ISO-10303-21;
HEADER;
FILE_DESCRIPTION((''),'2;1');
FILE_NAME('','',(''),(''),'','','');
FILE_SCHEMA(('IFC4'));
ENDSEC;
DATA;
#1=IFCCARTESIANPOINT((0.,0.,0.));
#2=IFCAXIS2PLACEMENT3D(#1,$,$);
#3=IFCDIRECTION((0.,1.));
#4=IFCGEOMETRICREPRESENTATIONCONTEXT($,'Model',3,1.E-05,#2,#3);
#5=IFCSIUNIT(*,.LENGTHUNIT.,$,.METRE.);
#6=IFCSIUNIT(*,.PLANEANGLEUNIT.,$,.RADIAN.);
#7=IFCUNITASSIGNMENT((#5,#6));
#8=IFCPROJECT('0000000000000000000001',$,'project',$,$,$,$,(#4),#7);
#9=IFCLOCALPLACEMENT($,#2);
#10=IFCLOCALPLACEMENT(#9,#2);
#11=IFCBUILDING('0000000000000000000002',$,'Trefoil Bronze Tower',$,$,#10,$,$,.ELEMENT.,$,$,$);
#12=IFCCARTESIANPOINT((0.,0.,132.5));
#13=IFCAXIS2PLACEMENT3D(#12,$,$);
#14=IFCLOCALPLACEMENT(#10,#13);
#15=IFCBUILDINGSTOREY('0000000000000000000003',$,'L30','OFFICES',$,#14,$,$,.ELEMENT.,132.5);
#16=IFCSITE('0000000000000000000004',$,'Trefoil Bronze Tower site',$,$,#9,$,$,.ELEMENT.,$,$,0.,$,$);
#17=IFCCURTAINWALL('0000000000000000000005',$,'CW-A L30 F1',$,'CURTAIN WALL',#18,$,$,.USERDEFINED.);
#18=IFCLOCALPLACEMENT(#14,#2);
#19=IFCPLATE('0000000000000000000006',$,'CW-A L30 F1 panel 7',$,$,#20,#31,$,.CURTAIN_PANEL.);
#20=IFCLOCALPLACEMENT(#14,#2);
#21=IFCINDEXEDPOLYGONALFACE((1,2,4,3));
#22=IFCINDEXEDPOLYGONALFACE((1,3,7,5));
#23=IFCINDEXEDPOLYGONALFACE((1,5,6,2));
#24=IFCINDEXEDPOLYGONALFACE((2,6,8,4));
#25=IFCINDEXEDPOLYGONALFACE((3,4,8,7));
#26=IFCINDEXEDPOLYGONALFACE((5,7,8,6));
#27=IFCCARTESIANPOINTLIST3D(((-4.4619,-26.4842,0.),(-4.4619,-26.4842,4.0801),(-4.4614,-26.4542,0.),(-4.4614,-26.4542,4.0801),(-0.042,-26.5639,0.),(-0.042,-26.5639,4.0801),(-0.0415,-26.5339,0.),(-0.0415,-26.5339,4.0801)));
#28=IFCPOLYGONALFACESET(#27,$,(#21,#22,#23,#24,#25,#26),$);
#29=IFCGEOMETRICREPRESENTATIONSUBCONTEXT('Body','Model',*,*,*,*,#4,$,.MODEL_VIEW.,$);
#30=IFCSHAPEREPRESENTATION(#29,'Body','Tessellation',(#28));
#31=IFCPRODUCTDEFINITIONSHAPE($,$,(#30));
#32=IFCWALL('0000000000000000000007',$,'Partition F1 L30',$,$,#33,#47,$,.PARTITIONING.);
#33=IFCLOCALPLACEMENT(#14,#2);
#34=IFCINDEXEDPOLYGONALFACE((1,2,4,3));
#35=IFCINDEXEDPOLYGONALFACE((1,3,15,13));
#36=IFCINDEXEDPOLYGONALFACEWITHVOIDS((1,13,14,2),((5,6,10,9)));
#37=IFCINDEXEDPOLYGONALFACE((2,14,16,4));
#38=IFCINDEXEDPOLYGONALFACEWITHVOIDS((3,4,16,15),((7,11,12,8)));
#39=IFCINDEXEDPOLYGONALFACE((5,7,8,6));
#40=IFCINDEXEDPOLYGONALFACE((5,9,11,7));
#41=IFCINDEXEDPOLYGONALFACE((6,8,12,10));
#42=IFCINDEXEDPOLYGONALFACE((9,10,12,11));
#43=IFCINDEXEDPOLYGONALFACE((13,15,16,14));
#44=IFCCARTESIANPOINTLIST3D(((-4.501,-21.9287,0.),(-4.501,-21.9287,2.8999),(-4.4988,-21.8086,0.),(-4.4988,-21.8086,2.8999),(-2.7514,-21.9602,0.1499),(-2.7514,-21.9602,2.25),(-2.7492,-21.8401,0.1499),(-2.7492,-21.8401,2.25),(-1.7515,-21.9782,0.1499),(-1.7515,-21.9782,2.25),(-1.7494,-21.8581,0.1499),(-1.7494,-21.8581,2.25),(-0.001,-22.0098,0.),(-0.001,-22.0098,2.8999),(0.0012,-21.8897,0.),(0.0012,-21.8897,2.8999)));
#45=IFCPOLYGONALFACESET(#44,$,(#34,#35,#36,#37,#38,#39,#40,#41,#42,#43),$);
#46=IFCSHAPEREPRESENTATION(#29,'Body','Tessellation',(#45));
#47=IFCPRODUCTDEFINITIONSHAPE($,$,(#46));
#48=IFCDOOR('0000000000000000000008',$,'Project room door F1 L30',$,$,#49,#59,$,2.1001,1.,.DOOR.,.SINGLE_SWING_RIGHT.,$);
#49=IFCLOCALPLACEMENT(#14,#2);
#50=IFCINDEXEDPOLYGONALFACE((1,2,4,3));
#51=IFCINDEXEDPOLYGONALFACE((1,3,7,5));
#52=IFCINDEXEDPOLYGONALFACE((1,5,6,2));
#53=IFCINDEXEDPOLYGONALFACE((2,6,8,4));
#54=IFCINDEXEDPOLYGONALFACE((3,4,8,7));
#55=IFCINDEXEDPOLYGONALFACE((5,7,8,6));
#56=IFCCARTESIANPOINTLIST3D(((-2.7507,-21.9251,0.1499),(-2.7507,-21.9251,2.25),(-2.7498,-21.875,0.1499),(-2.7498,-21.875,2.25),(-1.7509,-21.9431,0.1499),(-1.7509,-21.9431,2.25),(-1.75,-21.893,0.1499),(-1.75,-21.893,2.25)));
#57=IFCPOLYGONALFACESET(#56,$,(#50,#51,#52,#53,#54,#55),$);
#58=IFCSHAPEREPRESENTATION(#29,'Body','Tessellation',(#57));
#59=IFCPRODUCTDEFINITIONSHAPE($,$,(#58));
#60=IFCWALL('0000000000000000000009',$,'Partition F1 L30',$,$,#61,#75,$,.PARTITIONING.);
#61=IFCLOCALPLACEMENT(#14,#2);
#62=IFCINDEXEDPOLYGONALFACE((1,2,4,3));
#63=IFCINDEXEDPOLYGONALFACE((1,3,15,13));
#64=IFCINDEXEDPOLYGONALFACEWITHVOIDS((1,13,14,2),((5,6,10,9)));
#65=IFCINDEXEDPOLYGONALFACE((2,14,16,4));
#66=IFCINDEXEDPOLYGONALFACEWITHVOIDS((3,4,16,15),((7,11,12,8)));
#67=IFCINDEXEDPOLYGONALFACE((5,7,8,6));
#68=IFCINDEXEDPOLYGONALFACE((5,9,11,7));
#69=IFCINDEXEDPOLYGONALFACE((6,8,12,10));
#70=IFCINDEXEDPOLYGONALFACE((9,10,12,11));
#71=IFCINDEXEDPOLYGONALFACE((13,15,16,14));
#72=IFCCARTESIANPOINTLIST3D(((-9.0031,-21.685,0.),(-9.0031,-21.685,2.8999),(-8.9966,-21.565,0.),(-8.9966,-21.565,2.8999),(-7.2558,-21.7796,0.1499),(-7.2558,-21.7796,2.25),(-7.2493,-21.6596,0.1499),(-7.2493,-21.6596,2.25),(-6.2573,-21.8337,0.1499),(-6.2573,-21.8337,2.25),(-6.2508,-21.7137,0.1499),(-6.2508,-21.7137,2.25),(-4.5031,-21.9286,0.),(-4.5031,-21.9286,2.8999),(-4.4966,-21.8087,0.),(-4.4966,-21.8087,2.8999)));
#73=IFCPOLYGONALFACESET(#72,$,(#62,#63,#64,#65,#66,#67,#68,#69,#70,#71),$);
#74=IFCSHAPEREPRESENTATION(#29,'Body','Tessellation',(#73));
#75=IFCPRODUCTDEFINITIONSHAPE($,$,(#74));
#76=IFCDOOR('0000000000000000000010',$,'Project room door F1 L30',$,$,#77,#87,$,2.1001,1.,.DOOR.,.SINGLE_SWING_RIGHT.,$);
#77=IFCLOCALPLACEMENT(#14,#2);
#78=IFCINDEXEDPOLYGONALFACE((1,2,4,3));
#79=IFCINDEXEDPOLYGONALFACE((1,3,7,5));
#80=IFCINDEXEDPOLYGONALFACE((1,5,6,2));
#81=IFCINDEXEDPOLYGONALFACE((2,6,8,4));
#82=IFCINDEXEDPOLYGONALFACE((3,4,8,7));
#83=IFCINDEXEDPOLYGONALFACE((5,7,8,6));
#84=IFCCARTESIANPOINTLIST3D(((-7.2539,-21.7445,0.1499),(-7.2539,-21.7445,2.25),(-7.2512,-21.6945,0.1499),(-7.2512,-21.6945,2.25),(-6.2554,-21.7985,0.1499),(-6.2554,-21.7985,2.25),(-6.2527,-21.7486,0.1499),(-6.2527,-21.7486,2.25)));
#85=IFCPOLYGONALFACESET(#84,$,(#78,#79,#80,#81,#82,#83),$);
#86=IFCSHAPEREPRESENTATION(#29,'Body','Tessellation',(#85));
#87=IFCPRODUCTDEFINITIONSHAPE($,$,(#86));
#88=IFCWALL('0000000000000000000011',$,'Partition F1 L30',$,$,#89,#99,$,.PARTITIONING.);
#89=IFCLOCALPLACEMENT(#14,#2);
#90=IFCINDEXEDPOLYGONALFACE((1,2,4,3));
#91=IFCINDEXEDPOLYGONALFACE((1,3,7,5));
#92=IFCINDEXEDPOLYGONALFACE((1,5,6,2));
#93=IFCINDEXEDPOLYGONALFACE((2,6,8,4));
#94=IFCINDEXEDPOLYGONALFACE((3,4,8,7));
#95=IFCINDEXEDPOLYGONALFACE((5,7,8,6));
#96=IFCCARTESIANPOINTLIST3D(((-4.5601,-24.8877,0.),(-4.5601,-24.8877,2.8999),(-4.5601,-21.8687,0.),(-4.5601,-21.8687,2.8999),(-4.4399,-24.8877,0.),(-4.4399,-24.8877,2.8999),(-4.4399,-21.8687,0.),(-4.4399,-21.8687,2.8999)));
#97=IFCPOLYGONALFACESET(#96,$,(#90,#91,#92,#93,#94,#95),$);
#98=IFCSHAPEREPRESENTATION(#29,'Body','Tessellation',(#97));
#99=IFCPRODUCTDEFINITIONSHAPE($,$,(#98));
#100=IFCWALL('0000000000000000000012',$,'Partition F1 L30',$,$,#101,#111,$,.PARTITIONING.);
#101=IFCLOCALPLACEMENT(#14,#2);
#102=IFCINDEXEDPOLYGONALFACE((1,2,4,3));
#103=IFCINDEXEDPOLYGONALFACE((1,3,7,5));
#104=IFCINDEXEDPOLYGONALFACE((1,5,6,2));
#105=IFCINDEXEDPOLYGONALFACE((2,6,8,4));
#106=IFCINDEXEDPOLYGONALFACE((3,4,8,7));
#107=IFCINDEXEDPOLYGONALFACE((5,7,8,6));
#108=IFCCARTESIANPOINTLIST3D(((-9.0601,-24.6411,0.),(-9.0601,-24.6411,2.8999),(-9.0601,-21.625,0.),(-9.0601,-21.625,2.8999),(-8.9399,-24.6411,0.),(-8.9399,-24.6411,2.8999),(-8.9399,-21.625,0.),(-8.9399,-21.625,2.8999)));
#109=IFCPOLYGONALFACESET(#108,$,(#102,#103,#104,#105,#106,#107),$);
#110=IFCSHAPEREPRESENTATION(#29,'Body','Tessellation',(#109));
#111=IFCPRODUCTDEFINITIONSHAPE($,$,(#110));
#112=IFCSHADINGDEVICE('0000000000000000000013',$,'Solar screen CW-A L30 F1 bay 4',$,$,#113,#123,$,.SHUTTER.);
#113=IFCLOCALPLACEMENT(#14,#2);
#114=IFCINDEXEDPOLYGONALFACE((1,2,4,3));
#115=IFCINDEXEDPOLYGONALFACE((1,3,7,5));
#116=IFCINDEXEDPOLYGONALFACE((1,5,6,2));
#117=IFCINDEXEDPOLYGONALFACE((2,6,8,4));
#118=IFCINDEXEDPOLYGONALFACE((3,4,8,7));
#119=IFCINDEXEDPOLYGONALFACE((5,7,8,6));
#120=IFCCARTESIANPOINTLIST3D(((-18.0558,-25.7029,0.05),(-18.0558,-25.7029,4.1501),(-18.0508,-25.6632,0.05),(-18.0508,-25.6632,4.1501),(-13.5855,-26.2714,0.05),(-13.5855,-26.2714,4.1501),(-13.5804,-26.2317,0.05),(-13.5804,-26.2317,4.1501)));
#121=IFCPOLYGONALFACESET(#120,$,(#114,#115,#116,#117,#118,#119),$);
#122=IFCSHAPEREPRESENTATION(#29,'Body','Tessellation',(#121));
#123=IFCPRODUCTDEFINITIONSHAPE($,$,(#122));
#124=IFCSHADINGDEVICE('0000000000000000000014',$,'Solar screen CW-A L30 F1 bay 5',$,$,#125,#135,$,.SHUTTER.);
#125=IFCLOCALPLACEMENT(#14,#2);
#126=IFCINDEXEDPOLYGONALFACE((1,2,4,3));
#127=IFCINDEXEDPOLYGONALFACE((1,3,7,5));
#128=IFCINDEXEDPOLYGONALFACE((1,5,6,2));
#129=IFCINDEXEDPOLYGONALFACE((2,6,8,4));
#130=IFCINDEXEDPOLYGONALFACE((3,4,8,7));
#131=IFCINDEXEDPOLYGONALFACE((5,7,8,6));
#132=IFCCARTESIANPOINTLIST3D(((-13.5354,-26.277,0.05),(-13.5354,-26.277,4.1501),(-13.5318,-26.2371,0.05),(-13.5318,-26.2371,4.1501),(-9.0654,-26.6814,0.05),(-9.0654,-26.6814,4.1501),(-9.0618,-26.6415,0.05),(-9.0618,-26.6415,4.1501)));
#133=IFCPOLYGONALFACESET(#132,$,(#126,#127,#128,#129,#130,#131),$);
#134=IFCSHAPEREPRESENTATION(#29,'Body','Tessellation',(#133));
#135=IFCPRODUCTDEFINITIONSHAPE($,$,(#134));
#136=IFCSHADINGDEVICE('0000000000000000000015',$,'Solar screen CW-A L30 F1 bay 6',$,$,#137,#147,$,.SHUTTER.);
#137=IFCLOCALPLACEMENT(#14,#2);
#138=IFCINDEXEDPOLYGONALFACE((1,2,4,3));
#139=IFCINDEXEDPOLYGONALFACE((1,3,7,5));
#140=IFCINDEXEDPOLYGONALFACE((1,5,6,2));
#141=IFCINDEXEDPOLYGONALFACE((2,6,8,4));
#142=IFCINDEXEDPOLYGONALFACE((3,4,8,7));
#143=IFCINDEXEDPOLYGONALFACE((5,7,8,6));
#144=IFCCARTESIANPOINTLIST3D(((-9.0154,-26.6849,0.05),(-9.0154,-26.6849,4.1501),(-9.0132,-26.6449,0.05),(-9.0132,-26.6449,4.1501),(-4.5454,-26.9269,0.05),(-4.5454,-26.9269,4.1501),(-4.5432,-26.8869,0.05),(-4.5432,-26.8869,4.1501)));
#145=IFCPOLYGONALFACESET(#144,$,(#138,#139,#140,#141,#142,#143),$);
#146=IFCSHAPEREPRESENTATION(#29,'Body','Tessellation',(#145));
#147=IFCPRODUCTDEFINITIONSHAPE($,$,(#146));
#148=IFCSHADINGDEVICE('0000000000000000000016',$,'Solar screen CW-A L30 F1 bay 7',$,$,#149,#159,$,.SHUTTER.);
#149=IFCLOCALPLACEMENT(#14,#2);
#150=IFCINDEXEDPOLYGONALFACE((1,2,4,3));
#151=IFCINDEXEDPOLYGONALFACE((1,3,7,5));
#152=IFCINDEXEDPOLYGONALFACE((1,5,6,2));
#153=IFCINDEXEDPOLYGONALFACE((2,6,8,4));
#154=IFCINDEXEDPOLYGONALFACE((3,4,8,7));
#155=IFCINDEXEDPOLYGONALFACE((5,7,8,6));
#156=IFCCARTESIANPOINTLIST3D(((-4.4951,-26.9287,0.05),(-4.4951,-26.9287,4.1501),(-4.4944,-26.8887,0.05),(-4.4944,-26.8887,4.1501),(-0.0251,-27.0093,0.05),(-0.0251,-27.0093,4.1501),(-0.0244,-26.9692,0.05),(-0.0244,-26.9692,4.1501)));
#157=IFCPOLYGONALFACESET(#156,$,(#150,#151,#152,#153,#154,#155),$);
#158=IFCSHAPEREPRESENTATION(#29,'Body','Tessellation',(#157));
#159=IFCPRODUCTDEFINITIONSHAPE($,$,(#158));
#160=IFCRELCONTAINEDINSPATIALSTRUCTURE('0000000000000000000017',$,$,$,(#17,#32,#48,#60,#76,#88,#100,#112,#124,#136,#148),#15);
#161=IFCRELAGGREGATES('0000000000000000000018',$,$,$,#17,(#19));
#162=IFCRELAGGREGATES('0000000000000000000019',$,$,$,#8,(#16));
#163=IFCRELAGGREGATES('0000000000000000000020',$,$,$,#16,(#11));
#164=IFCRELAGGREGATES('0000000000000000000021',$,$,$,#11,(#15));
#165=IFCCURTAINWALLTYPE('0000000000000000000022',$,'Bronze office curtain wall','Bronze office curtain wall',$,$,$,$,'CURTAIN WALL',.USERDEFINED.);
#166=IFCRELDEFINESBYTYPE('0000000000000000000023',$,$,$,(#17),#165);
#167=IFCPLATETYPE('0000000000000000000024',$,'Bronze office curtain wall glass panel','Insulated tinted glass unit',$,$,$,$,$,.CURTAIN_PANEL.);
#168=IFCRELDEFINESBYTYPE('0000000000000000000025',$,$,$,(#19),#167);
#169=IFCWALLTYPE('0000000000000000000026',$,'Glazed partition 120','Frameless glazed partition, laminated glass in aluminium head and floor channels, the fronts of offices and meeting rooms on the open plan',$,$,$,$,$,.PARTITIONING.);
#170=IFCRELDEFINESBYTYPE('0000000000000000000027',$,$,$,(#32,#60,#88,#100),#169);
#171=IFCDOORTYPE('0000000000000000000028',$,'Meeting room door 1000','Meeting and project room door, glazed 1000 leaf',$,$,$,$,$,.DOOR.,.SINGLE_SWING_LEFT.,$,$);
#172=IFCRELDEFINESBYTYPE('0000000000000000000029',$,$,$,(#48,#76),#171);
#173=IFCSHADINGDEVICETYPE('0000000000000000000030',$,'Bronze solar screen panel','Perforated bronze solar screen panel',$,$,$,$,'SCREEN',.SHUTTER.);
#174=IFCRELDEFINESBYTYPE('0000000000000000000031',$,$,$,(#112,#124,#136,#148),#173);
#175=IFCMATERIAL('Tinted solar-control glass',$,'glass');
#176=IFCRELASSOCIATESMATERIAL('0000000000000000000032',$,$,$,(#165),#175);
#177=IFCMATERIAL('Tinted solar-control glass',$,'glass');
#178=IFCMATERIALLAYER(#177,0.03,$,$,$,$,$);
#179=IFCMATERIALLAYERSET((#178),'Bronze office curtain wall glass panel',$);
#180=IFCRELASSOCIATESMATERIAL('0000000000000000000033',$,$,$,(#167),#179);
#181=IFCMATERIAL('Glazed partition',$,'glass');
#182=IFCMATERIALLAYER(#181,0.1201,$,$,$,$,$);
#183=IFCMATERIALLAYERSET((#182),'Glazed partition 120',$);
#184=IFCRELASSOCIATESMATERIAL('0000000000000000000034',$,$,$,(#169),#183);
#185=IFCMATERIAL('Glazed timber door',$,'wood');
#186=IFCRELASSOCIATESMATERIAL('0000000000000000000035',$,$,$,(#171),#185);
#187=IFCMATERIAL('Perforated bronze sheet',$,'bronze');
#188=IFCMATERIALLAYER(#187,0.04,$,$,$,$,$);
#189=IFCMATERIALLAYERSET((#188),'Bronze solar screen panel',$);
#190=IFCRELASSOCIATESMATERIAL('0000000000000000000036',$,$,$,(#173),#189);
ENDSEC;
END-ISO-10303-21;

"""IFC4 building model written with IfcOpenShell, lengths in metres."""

from ifc_helpers import new_model, si_unit, direction, frame, frame_2d, origin, origin_2d, place, context, subcontext, project, spatial, rectangle, extrude, material, layer, layer_set, type_object, element, fill, aggregate, save


model = new_model("IFC4")

# Units and contexts
model_context = context("Model", 3, precision=1e-05, world=origin(), true_north=direction((0.0, 1.0)))
body_context = subcontext(model_context, "Body", "Model", "MODEL_VIEW")
ifc_project = project(units=[si_unit("LENGTHUNIT", "METRE"), si_unit("PLANEANGLEUNIT", "RADIAN")], contexts=[model_context])

# Site, building, storey
site_placement = place(None, origin())
site = spatial("IfcSite", under=ifc_project, at=site_placement, Name="Trefoil Bronze Tower site", CompositionType="ELEMENT", RefElevation=0.0)
building_placement = place(site_placement, origin())
building = spatial("IfcBuilding", under=site, at=building_placement, Name="Trefoil Bronze Tower", CompositionType="ELEMENT")
storey_placement = place(building_placement, frame((0.0, 0.0, 132.5)))
storey = spatial("IfcBuildingStorey", under=building, at=storey_placement, Name="L30", Description="OFFICES", CompositionType="ELEMENT", Elevation=132.5)

# Curtain wall
ifc_material_1 = material(Name="Tinted solar-control glass", Category="glass")
curtain_wall_type = type_object("IfcCurtainWallType", Name="Bronze office curtain wall", Description="Bronze office curtain wall", ElementType="CURTAIN WALL", PredefinedType="USERDEFINED", material=ifc_material_1)
curtain_wall_placement = place(storey_placement, origin())
curtain_wall = element("IfcCurtainWall", 1, at=curtain_wall_placement, inside=storey, type_object=curtain_wall_type, Name="CW-A L30 F1", ObjectType="CURTAIN WALL", PredefinedType="USERDEFINED")

# Plate
ifc_material_2 = material(Name="Tinted solar-control glass", Category="glass")
ifc_layer_1 = layer(ifc_material_2, 0.03)
ifc_layer_set_1 = layer_set([ifc_layer_1], Name="Bronze office curtain wall glass panel")
plate_type = type_object("IfcPlateType", Name="Bronze office curtain wall glass panel", Description="Insulated tinted glass unit", PredefinedType="CURTAIN_PANEL", material=ifc_layer_set_1)
plate_1_placement = place(storey_placement, frame((-2.2517, -26.509, 0.0), z_axis=(0.0, 0.0, 1.0), x_axis=(0.999838, -0.018021, 0.0)))
plate_1 = element("IfcPlate", 2, at=plate_1_placement, type_object=plate_type, Name="CW-A L30 F1 panel 7", PredefinedType="CURTAIN_PANEL", context=body_context, shape_type="SweptSolid", body=[
    extrude(rectangle(XDim=4.4207, YDim=0.03, at=origin_2d()), origin(), (0.0, 0.0, 1.0), 4.0801),
])
aggregate(curtain_wall, [plate_1])

# Walls, openings, doors
ifc_material_3 = material(Name="Glazed partition", Category="glass")
ifc_layer_2 = layer(ifc_material_3, 0.1201)
ifc_layer_set_2 = layer_set([ifc_layer_2], Name="Glazed partition 120")
wall_type = type_object("IfcWallType", Name="Glazed partition 120", Description="Frameless glazed partition, laminated glass in aluminium head and floor channels, the fronts of offices and meeting rooms on the open plan", PredefinedType="PARTITIONING", material=ifc_layer_set_2)
wall_1_placement = place(storey_placement, frame((-4.5, -21.8687, 0.0), z_axis=(0.0, 0.0, 1.0), x_axis=(0.999838, -0.018009, 0.0)))
wall_1 = element("IfcWall", 3, at=wall_1_placement, inside=storey, type_object=wall_type, Name="Partition F1 L30", PredefinedType="PARTITIONING", context=body_context, shape_type="SweptSolid", body=[
    extrude(rectangle(XDim=4.5007, YDim=0.1201, at=frame_2d((2.2505, 0.0))), origin(), (0.0, 0.0, 1.0), 2.8999),
])
opening_1_placement = place(wall_1_placement, frame((1.75, 0.0, 0.1499)))
opening_1 = element("IfcOpeningElement", 4, at=opening_1_placement, cuts=wall_1, PredefinedType="OPENING", context=body_context, shape_type="SweptSolid", body=[
    extrude(rectangle(XDim=1.0, YDim=2.1001, at=frame_2d((0.5, 1.05))), frame((0.0, 0.0701, 0.0), z_axis=(0.0, -1.0, 0.0), x_axis=(1.0, 0.0, 0.0)), (0.0, 0.0, 1.0), 0.1401),
])
ifc_material_4 = material(Name="Glazed timber door", Category="wood")
door_type = type_object("IfcDoorType", Name="Meeting room door 1000", Description="Meeting and project room door, glazed 1000 leaf", OperationType="SINGLE_SWING_LEFT", PredefinedType="DOOR", material=ifc_material_4)
door_1_placement = place(opening_1_placement, frame((1.0, 0.0, 0.0), z_axis=(0.0, 0.0, 1.0), x_axis=(-1.0, 0.0, 0.0)))
door_1 = element("IfcDoor", 5, at=door_1_placement, inside=storey, type_object=door_type, Name="Project room door F1 L30", OperationType="SINGLE_SWING_RIGHT", OverallHeight=2.1001, OverallWidth=1.0, PredefinedType="DOOR", context=body_context, shape_type="SweptSolid", body=[
    extrude(rectangle(XDim=1.0, YDim=2.1001, at=frame_2d((0.5, 1.05))), frame((0.0, 0.0249, 0.0), z_axis=(0.0, -1.0, 0.0), x_axis=(1.0, 0.0, 0.0)), (0.0, 0.0, 1.0), 0.05),
])
fill(opening_1, door_1)
wall_2_placement = place(storey_placement, frame((-9.0, -21.625, 0.0), z_axis=(0.0, 0.0, 1.0), x_axis=(0.998537, -0.054066, 0.0)))
wall_2 = element("IfcWall", 6, at=wall_2_placement, inside=storey, type_object=wall_type, Name="Partition F1 L30", PredefinedType="PARTITIONING", context=body_context, shape_type="SweptSolid", body=[
    extrude(rectangle(XDim=4.5066, YDim=0.1201, at=frame_2d((2.2534, 0.0))), origin(), (0.0, 0.0, 1.0), 2.8999),
])
opening_2_placement = place(wall_2_placement, frame((1.75, 0.0, 0.1499)))
opening_2 = element("IfcOpeningElement", 7, at=opening_2_placement, cuts=wall_2, PredefinedType="OPENING", context=body_context, shape_type="SweptSolid", body=[
    extrude(rectangle(XDim=1.0, YDim=2.1001, at=frame_2d((0.5, 1.05))), frame((0.0, 0.0701, 0.0), z_axis=(0.0, -1.0, 0.0), x_axis=(1.0, 0.0, 0.0)), (0.0, 0.0, 1.0), 0.1401),
])
door_2_placement = place(opening_2_placement, frame((1.0, 0.0, 0.0), z_axis=(0.0, 0.0, 1.0), x_axis=(-1.0, 0.0, 0.0)))
door_2 = element("IfcDoor", 8, at=door_2_placement, inside=storey, type_object=door_type, Name="Project room door F1 L30", OperationType="SINGLE_SWING_RIGHT", OverallHeight=2.1001, OverallWidth=1.0, PredefinedType="DOOR", context=body_context, shape_type="SweptSolid", body=[
    extrude(rectangle(XDim=1.0, YDim=2.1001, at=frame_2d((0.5, 1.05))), frame((0.0, 0.0249, 0.0), z_axis=(0.0, -1.0, 0.0), x_axis=(1.0, 0.0, 0.0)), (0.0, 0.0, 1.0), 0.05),
])
fill(opening_2, door_2)

# Walls
wall_3_placement = place(storey_placement, frame((-4.5, -21.8687, 0.0), z_axis=(0.0, 0.0, 1.0), x_axis=(0.0, -1.0, 0.0)))
element("IfcWall", 9, at=wall_3_placement, inside=storey, type_object=wall_type, Name="Partition F1 L30", PredefinedType="PARTITIONING", context=body_context, shape_type="SweptSolid", body=[
    extrude(rectangle(XDim=3.019, YDim=0.1201, at=frame_2d((1.5095, 0.0))), origin(), (0.0, 0.0, 1.0), 2.8999),
])
wall_4_placement = place(storey_placement, frame((-9.0, -21.625, 0.0), z_axis=(0.0, 0.0, 1.0), x_axis=(0.0, -1.0, 0.0)))
element("IfcWall", 10, at=wall_4_placement, inside=storey, type_object=wall_type, Name="Partition F1 L30", PredefinedType="PARTITIONING", context=body_context, shape_type="SweptSolid", body=[
    extrude(rectangle(XDim=3.0161, YDim=0.1201, at=frame_2d((1.5081, 0.0))), origin(), (0.0, 0.0, 1.0), 2.8999),
])

# Shading devices
ifc_material_5 = material(Name="Perforated bronze sheet", Category="bronze")
ifc_layer_3 = layer(ifc_material_5, 0.04)
ifc_layer_set_3 = layer_set([ifc_layer_3], Name="Bronze solar screen panel")
shading_device_type = type_object("IfcShadingDeviceType", Name="Bronze solar screen panel", Description="Perforated bronze solar screen panel", ElementType="SCREEN", PredefinedType="SHUTTER", material=ifc_layer_set_3)
shading_device_1_placement = place(storey_placement, frame((-15.8181, -25.9673, 0.05), z_axis=(0.0, 0.0, 1.0), x_axis=(0.992012, -0.126147, 0.0)))
element("IfcShadingDevice", 11, at=shading_device_1_placement, inside=storey, type_object=shading_device_type, Name="Solar screen CW-A L30 F1 bay 4", PredefinedType="SHUTTER", context=body_context, shape_type="SweptSolid", body=[
    extrude(rectangle(XDim=4.5063, YDim=0.04, at=origin_2d()), origin(), (0.0, 0.0, 1.0), 4.1001),
])
shading_device_2_placement = place(storey_placement, frame((-11.2986, -26.4592, 0.05), z_axis=(0.0, 0.0, 1.0), x_axis=(0.995932, -0.090105, 0.0)))
element("IfcShadingDevice", 12, at=shading_device_2_placement, inside=storey, type_object=shading_device_type, Name="Solar screen CW-A L30 F1 bay 5", PredefinedType="SHUTTER", context=body_context, shape_type="SweptSolid", body=[
    extrude(rectangle(XDim=4.4883, YDim=0.04, at=origin_2d()), origin(), (0.0, 0.0, 1.0), 4.1001),
])
shading_device_3_placement = place(storey_placement, frame((-6.7793, -26.7859, 0.05), z_axis=(0.0, 0.0, 1.0), x_axis=(0.998538, -0.054063, 0.0)))
element("IfcShadingDevice", 13, at=shading_device_3_placement, inside=storey, type_object=shading_device_type, Name="Solar screen CW-A L30 F1 bay 6", PredefinedType="SHUTTER", context=body_context, shape_type="SweptSolid", body=[
    extrude(rectangle(XDim=4.4766, YDim=0.04, at=origin_2d()), origin(), (0.0, 0.0, 1.0), 4.1001),
])
shading_device_4_placement = place(storey_placement, frame((-2.2598, -26.949, 0.05), z_axis=(0.0, 0.0, 1.0), x_axis=(0.999838, -0.018021, 0.0)))
element("IfcShadingDevice", 14, at=shading_device_4_placement, inside=storey, type_object=shading_device_type, Name="Solar screen CW-A L30 F1 bay 7", PredefinedType="SHUTTER", context=body_context, shape_type="SweptSolid", body=[
    extrude(rectangle(XDim=4.4707, YDim=0.04, at=origin_2d()), origin(), (0.0, 0.0, 1.0), 4.1001),
])

save(model, "model.ifc")
